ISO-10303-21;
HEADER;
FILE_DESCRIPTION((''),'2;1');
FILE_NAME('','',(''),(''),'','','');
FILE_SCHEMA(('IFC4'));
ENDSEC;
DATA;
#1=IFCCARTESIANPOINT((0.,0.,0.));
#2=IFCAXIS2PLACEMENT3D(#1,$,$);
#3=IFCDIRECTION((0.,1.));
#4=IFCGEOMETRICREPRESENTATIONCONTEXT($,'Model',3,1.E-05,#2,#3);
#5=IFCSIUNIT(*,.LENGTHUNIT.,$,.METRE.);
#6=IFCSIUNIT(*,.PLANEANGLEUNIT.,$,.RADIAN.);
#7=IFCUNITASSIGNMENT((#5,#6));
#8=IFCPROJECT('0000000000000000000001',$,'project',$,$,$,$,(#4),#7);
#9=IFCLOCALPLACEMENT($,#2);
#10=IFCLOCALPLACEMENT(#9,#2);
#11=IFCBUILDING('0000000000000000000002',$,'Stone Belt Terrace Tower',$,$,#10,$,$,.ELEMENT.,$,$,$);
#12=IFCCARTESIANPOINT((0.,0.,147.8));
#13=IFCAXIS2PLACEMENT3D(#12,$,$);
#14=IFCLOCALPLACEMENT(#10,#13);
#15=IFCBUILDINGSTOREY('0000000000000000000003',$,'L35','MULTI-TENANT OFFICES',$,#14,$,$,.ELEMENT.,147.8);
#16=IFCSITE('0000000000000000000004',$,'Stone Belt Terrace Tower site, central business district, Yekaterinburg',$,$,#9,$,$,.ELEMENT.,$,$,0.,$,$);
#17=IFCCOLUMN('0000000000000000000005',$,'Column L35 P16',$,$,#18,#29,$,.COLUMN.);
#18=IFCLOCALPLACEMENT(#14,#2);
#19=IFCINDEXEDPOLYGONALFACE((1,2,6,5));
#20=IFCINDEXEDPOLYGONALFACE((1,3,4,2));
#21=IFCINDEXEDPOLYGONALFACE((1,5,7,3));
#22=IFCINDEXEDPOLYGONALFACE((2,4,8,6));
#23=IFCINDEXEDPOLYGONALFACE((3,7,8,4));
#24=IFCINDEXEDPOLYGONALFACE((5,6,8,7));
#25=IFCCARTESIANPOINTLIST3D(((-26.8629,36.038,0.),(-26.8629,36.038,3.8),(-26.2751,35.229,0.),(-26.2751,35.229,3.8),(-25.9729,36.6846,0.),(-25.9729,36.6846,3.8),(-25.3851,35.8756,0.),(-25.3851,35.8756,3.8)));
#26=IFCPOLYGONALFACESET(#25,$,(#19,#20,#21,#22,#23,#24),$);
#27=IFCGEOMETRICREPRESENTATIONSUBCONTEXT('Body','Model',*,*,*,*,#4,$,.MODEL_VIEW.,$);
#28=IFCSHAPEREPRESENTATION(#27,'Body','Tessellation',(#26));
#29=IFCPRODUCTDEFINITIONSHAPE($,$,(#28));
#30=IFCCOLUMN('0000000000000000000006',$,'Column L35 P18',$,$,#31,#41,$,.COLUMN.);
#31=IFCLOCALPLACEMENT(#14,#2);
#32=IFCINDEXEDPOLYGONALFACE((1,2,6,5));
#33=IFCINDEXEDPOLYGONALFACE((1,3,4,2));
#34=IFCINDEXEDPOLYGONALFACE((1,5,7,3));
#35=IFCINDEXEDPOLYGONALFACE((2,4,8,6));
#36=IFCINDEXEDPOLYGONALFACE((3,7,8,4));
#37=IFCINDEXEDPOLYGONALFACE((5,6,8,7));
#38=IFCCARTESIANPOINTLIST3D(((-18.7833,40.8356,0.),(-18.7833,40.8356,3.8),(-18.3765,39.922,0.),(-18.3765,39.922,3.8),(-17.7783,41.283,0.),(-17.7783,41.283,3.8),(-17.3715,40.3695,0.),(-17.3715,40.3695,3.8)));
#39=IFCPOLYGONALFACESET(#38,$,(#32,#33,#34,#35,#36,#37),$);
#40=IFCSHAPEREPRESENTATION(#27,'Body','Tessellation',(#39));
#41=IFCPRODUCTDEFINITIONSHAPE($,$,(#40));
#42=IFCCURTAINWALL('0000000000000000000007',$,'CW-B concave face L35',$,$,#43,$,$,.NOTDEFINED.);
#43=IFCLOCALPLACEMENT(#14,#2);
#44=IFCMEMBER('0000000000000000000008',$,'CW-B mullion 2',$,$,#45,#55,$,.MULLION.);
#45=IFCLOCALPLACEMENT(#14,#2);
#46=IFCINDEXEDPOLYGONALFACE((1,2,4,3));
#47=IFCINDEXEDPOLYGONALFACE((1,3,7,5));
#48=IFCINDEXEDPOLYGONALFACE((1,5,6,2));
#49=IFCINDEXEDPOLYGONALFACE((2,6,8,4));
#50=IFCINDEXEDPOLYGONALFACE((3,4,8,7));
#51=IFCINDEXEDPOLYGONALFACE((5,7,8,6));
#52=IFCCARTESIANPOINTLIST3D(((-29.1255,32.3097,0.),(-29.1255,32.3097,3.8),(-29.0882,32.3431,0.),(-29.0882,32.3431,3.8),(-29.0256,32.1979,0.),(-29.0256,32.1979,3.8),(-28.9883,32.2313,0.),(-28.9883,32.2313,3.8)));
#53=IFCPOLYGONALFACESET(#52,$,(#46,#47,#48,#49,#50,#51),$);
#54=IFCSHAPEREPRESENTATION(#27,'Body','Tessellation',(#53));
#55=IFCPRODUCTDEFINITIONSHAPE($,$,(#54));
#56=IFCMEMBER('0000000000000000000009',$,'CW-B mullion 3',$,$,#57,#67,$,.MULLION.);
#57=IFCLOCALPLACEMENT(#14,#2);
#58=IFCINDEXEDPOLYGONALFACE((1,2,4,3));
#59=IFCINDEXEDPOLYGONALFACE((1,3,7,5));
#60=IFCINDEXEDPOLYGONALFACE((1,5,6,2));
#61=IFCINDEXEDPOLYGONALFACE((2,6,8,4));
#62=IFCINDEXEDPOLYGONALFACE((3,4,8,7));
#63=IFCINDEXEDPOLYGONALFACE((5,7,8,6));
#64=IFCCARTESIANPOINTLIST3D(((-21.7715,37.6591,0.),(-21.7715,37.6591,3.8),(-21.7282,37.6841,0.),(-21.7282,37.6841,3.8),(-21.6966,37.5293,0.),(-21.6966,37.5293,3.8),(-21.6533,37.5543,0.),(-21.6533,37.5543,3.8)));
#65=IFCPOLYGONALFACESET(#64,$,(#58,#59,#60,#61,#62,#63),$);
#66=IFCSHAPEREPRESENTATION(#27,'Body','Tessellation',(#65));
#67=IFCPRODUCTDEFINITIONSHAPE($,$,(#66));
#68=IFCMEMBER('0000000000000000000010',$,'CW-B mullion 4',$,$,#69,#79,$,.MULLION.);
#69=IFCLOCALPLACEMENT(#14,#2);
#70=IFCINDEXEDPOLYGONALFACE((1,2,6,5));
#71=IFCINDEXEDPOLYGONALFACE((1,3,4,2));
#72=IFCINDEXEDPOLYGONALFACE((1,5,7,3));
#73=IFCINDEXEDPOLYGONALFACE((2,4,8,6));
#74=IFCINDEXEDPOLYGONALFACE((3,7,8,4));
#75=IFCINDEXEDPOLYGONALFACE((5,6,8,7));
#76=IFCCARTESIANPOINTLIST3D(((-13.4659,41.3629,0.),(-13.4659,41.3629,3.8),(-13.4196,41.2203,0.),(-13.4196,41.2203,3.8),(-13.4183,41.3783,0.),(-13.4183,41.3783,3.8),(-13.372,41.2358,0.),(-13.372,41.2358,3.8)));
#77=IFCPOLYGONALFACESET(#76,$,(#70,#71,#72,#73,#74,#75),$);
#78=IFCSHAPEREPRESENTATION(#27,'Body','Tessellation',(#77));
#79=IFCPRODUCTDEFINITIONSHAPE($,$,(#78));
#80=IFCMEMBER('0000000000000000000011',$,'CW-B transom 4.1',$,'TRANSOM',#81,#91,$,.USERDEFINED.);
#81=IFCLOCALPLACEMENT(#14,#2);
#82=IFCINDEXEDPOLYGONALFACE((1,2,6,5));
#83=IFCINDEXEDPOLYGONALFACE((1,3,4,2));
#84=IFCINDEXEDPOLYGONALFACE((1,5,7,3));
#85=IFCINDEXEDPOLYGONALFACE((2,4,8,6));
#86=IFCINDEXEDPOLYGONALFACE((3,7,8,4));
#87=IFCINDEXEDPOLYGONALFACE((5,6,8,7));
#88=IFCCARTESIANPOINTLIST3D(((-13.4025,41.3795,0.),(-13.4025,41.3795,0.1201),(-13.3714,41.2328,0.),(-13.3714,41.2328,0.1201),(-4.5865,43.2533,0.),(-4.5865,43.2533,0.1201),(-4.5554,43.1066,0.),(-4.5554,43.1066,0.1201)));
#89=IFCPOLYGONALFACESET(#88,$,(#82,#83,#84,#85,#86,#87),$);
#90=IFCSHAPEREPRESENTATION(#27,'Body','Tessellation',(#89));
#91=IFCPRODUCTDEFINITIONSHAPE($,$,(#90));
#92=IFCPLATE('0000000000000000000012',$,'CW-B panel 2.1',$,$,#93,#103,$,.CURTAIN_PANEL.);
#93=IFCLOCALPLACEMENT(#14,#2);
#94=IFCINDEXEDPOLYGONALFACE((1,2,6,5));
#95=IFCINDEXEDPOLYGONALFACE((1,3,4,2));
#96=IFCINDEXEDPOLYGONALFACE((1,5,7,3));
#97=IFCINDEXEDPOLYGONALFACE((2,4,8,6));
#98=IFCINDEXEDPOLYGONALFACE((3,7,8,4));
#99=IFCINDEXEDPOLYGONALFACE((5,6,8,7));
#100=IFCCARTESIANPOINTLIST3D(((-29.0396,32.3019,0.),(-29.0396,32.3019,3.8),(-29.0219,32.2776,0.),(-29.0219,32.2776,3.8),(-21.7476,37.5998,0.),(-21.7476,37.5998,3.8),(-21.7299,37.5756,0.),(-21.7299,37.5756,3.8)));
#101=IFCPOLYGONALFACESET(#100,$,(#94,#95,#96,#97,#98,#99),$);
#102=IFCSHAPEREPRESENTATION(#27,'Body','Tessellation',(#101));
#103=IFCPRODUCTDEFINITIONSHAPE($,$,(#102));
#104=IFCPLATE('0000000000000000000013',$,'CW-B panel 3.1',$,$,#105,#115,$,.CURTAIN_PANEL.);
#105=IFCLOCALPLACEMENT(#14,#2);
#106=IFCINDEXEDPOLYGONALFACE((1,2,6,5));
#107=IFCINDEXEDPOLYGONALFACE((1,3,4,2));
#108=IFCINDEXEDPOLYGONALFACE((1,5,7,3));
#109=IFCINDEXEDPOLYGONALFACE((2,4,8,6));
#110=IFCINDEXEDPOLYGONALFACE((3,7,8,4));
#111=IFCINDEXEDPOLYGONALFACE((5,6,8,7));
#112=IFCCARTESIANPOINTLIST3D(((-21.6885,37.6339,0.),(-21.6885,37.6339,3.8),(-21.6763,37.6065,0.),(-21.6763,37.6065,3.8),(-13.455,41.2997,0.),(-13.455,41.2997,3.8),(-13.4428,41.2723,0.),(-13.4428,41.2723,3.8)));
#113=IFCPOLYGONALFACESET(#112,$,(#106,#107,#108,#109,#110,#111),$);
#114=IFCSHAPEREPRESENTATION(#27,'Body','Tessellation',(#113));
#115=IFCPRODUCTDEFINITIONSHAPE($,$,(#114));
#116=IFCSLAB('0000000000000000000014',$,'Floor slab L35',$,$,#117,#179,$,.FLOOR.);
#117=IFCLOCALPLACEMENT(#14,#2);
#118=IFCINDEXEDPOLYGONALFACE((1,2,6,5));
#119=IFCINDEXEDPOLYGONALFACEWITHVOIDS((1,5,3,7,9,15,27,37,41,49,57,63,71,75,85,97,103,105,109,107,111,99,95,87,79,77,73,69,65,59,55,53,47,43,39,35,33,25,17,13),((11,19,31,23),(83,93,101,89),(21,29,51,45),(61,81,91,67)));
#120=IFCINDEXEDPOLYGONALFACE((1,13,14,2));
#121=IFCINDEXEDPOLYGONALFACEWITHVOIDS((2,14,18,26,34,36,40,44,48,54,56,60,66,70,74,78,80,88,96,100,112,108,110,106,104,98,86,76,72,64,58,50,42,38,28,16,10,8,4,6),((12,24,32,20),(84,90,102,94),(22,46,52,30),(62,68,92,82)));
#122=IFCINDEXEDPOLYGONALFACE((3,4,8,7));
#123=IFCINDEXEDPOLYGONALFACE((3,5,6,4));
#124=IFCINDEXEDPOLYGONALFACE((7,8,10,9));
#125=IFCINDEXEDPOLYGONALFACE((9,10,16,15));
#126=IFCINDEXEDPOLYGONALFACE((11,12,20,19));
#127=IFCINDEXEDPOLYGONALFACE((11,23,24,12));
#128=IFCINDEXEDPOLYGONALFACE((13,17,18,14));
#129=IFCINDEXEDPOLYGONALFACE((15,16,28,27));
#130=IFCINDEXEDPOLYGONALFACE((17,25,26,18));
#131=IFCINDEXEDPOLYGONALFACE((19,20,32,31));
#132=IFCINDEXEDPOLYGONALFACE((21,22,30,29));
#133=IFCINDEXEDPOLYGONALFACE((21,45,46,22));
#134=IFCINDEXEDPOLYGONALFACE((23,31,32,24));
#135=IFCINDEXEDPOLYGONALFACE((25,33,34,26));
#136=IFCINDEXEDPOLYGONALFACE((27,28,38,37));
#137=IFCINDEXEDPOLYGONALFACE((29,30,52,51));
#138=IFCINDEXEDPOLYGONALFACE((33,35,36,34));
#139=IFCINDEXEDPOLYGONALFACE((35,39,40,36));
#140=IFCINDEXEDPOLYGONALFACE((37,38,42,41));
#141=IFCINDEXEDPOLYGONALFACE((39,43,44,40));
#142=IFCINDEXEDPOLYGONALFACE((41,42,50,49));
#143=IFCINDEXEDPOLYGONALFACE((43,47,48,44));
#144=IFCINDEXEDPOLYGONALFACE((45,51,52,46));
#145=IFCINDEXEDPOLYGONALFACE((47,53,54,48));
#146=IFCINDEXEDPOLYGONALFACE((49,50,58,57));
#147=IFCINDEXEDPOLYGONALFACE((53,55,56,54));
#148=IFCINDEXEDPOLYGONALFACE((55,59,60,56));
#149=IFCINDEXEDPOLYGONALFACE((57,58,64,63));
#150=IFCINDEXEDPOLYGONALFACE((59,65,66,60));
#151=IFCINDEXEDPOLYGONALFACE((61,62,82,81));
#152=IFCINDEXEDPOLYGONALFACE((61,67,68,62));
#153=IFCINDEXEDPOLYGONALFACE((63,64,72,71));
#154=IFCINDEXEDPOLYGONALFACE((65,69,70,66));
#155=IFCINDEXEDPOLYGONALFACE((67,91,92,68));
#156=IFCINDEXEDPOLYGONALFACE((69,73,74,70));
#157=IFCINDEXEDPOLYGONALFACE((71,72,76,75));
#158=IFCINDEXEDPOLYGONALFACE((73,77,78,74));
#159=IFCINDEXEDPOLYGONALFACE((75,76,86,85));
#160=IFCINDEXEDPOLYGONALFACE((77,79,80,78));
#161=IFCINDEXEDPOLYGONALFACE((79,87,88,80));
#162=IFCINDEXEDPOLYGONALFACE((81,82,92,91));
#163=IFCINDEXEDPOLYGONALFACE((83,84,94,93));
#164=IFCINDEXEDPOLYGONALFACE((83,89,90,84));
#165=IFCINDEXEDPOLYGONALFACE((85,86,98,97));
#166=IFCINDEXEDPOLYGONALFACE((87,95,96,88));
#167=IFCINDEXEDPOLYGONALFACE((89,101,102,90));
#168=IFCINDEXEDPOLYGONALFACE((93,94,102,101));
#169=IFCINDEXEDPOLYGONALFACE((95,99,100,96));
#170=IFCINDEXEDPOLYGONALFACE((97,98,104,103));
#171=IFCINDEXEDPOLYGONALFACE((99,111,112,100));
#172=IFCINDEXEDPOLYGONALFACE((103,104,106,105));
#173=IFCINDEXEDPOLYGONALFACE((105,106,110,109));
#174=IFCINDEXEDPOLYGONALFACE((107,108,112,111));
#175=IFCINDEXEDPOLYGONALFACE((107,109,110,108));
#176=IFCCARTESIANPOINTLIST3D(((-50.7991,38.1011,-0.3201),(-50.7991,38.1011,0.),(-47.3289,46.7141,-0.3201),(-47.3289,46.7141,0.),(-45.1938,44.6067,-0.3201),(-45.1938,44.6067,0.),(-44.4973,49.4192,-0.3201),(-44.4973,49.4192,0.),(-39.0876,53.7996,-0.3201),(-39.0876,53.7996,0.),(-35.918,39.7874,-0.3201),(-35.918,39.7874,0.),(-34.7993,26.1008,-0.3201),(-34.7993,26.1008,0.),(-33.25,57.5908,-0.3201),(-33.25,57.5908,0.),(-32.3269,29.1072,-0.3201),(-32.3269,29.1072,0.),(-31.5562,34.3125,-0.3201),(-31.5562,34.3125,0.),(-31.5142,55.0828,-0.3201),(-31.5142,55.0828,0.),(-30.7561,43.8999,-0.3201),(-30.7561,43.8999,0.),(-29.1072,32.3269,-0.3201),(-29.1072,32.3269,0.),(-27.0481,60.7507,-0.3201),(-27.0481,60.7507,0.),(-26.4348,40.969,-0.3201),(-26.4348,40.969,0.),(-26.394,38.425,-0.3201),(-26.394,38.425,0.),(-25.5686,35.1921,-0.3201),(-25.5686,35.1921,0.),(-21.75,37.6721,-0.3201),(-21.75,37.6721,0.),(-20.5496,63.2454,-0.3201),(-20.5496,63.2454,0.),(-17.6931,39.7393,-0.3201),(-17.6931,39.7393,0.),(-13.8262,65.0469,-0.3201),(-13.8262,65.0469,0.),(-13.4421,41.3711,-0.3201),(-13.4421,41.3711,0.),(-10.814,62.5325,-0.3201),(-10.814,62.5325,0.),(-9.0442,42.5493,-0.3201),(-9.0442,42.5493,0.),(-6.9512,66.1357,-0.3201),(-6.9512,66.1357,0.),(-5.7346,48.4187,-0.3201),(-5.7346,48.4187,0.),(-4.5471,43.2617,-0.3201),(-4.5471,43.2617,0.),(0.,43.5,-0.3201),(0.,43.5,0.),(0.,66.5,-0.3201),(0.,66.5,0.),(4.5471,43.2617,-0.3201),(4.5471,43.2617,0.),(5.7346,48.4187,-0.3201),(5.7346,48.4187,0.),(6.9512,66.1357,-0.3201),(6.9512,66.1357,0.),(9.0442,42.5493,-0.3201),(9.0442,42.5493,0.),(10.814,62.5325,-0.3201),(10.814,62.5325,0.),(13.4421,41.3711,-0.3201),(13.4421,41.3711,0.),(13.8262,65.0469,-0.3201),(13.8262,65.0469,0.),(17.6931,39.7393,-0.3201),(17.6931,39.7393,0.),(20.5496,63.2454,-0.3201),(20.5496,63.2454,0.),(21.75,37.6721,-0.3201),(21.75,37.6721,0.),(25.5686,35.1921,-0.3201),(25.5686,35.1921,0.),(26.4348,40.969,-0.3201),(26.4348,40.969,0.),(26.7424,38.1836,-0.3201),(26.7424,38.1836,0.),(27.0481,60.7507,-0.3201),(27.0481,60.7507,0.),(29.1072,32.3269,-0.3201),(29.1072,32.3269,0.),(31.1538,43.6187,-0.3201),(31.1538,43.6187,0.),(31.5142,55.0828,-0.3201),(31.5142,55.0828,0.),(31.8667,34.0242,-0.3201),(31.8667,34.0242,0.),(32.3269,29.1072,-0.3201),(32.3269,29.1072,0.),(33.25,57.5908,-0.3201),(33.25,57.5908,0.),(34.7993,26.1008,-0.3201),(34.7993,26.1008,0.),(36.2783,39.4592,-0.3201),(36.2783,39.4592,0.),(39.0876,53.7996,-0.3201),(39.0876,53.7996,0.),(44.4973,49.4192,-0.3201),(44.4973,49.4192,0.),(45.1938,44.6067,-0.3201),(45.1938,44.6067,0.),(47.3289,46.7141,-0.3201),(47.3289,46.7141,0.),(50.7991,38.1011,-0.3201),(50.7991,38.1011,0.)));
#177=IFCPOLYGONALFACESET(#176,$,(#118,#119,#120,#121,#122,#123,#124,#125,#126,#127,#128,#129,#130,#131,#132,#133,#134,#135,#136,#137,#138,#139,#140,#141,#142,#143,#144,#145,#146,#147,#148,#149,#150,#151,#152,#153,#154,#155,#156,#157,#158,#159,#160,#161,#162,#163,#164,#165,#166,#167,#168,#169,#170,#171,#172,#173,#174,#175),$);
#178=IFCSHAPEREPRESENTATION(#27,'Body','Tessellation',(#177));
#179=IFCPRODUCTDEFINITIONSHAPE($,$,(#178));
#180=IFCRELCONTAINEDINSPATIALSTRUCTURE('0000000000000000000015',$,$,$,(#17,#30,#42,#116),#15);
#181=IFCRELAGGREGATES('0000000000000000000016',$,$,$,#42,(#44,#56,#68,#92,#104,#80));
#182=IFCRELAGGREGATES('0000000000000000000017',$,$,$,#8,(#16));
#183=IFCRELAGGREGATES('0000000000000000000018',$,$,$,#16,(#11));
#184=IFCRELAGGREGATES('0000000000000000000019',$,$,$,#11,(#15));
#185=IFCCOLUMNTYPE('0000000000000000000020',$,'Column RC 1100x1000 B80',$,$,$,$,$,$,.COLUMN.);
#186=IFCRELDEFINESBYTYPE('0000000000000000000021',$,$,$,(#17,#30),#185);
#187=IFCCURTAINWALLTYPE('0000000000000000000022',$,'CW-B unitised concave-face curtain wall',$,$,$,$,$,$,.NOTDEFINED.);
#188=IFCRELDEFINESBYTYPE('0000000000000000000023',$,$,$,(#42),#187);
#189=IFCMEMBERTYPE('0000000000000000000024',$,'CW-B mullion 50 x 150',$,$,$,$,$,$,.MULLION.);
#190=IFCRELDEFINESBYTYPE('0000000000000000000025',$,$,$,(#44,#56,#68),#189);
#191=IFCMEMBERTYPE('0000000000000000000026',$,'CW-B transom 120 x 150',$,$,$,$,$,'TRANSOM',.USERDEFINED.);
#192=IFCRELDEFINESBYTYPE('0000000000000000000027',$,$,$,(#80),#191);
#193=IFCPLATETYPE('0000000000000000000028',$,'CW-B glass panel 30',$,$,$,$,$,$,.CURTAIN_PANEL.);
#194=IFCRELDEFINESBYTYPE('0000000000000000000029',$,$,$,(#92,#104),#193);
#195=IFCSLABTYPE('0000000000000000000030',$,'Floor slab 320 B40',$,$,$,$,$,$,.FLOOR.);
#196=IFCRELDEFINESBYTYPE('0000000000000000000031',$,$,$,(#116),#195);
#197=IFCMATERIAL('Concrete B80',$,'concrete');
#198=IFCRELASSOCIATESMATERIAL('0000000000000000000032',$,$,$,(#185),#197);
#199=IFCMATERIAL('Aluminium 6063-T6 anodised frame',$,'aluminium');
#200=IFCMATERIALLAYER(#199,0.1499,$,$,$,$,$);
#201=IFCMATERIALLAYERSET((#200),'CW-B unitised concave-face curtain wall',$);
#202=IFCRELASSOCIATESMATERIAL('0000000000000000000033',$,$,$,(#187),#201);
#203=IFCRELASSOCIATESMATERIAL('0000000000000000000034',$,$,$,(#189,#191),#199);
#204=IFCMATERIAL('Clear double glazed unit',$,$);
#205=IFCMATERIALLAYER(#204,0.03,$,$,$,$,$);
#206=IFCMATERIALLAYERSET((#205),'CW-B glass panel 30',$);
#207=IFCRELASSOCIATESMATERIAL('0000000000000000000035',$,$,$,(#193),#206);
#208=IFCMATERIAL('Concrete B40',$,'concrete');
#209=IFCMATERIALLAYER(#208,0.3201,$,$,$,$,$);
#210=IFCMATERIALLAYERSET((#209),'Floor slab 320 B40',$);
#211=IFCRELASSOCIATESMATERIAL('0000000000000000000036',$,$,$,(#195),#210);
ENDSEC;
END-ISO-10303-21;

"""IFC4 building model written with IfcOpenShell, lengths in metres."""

from ifc_helpers import new_model, si_unit, direction, frame, origin, origin_2d, place, context, subcontext, project, spatial, polyline, rectangle, outline, extrude, material, layer, layer_set, material_profile, profile_set, type_object, element, aggregate, save


model = new_model("IFC4")

# Units and contexts
model_context = context("Model", 3, precision=1e-05, world=origin(), true_north=direction((0.0, 1.0)))
body_context = subcontext(model_context, "Body", "Model", "MODEL_VIEW")
ifc_project = project(units=[si_unit("LENGTHUNIT", "METRE"), si_unit("PLANEANGLEUNIT", "RADIAN")], contexts=[model_context])

# Site, building, storey
site_placement = place(None, origin())
site = spatial("IfcSite", under=ifc_project, at=site_placement, Name="Stone Belt Terrace Tower site, central business district, Yekaterinburg", CompositionType="ELEMENT", RefElevation=0.0)
building_placement = place(site_placement, origin())
building = spatial("IfcBuilding", under=site, at=building_placement, Name="Stone Belt Terrace Tower", CompositionType="ELEMENT")
storey_placement = place(building_placement, frame((0.0, 0.0, 147.8)))
storey = spatial("IfcBuildingStorey", under=building, at=storey_placement, Name="L35", Description="MULTI-TENANT OFFICES", CompositionType="ELEMENT", Elevation=147.8)

# Columns
ifc_material_1 = material(Name="Concrete B80", Category="concrete")
ifc_material_profile_1 = material_profile(ifc_material_1, rectangle(XDim=1.1001, YDim=1.0, at=origin_2d()), Name="RC 1100x1000")
ifc_profile_set_1 = profile_set([ifc_material_profile_1], Name="Concrete B80")
column_type = type_object("IfcColumnType", Name="Column RC 1100x1000 B80", PredefinedType="COLUMN", material=ifc_profile_set_1)
for number, where, z_axis, x_axis, name in (
    (1, (-26.124, 35.9568, 0.0), (0.0, 0.0, 1.0), (0.809017, 0.587785, 0.0), "Column L35 P16"),
    (2, (-18.0774, 40.6025, 0.0), (0.0, 0.0, 1.0), (0.913545, 0.406737, 0.0), "Column L35 P18"),
):
    element("IfcColumn", number, at=place(storey_placement, frame(where, z_axis=z_axis, x_axis=x_axis)), inside=storey, type_object=column_type, Name=name, PredefinedType="COLUMN", context=body_context, shape_type="SweptSolid", body=[
        extrude(rectangle(XDim=1.1001, YDim=1.0, at=origin_2d()), origin(), (0.0, 0.0, 1.0), 3.8),
    ])

# Curtain wall, members, plates
ifc_material_2 = material(Name="Aluminium 6063-T6 anodised frame", Category="aluminium")
ifc_layer_1 = layer(ifc_material_2, 0.1499)
ifc_layer_set_1 = layer_set([ifc_layer_1], Name="CW-B unitised concave-face curtain wall")
curtain_wall_type = type_object("IfcCurtainWallType", Name="CW-B unitised concave-face curtain wall", PredefinedType="NOTDEFINED", material=ifc_layer_set_1)
curtain_wall_placement = place(storey_placement, origin())
curtain_wall = element("IfcCurtainWall", 3, at=curtain_wall_placement, inside=storey, type_object=curtain_wall_type, Name="CW-B concave face L35", PredefinedType="NOTDEFINED")
ifc_material_profile_2 = material_profile(ifc_material_2, rectangle(XDim=0.1499, YDim=0.05, at=origin_2d()), Name="Aluminium 6063-T6 50x150")
ifc_profile_set_2 = profile_set([ifc_material_profile_2], Name="Aluminium 6063-T6 anodised frame")
member_type_1 = type_object("IfcMemberType", Name="CW-B mullion 50 x 150", PredefinedType="MULLION", material=ifc_profile_set_2)
member_1_placement = place(storey_placement, frame((-29.0569, 32.2705, 0.0), z_axis=(0.0, 0.0, 1.0), x_axis=(-0.666301, 0.745683, 0.0)))
member_1 = element("IfcMember", 4, at=member_1_placement, type_object=member_type_1, Name="CW-B mullion 2", PredefinedType="MULLION", context=body_context, shape_type="SweptSolid", body=[
    extrude(rectangle(XDim=0.1499, YDim=0.05, at=origin_2d()), origin(), (0.0, 0.0, 1.0), 3.8),
])
member_2_placement = place(storey_placement, frame((-21.7124, 37.6067, 0.0), z_axis=(0.0, 0.0, 1.0), x_axis=(-0.5, 0.866025, 0.0)))
member_2 = element("IfcMember", 5, at=member_2_placement, type_object=member_type_1, Name="CW-B mullion 3", PredefinedType="MULLION", context=body_context, shape_type="SweptSolid", body=[
    extrude(rectangle(XDim=0.1499, YDim=0.05, at=origin_2d()), origin(), (0.0, 0.0, 1.0), 3.8),
])
member_3_placement = place(storey_placement, frame((-13.4189, 41.2993, 0.0), z_axis=(0.0, 0.0, 1.0), x_axis=(-0.309017, 0.951057, 0.0)))
member_3 = element("IfcMember", 6, at=member_3_placement, type_object=member_type_1, Name="CW-B mullion 4", PredefinedType="MULLION", context=body_context, shape_type="SweptSolid", body=[
    extrude(rectangle(XDim=0.1499, YDim=0.05, at=origin_2d()), origin(), (0.0, 0.0, 1.0), 3.8),
])
ifc_material_profile_3 = material_profile(ifc_material_2, rectangle(XDim=0.1499, YDim=0.1201, at=origin_2d()), Name="Aluminium 6063-T6 150x120")
ifc_profile_set_3 = profile_set([ifc_material_profile_3], Name="Aluminium 6063-T6 anodised frame")
member_type_2 = type_object("IfcMemberType", Name="CW-B transom 120 x 150", ElementType="TRANSOM", PredefinedType="USERDEFINED", material=ifc_profile_set_3)
member_4_placement = place(storey_placement, frame((-13.387, 41.3062, 0.0601), z_axis=(0.97815, 0.207901, 0.0), x_axis=(-0.207901, 0.97815, 0.0)))
member_4 = element("IfcMember", 7, at=member_4_placement, type_object=member_type_2, Name="CW-B transom 4.1", ObjectType="TRANSOM", PredefinedType="USERDEFINED", context=body_context, shape_type="SweptSolid", body=[
    extrude(rectangle(XDim=0.1499, YDim=0.1201, at=origin_2d()), origin(), (0.0, 0.0, 1.0), 9.0129),
])
ifc_material_3 = material(Name="Clear double glazed unit")
ifc_layer_2 = layer(ifc_material_3, 0.03)
ifc_layer_set_2 = layer_set([ifc_layer_2], Name="CW-B glass panel 30")
plate_type = type_object("IfcPlateType", Name="CW-B glass panel 30", PredefinedType="CURTAIN_PANEL", material=ifc_layer_set_2)
plate_1_placement = place(storey_placement, frame((-25.3848, 34.9387, 0.0), z_axis=(0.0, 0.0, 1.0), x_axis=(0.809017, 0.587785, 0.0)))
plate_1 = element("IfcPlate", 8, at=plate_1_placement, type_object=plate_type, Name="CW-B panel 2.1", PredefinedType="CURTAIN_PANEL", context=body_context, shape_type="SweptSolid", body=[
    extrude(rectangle(XDim=9.0134, YDim=0.03, at=origin_2d()), origin(), (0.0, 0.0, 1.0), 3.8),
])
plate_2_placement = place(storey_placement, frame((-17.5657, 39.4531, 0.0), z_axis=(0.0, 0.0, 1.0), x_axis=(0.913545, 0.406737, 0.0)))
plate_2 = element("IfcPlate", 9, at=plate_2_placement, type_object=plate_type, Name="CW-B panel 3.1", PredefinedType="CURTAIN_PANEL", context=body_context, shape_type="SweptSolid", body=[
    extrude(rectangle(XDim=9.0127, YDim=0.03, at=origin_2d()), origin(), (0.0, 0.0, 1.0), 3.8),
])
aggregate(curtain_wall, [member_1, member_2, member_3, plate_1, plate_2, member_4])

# Slab
ifc_material_4 = material(Name="Concrete B40", Category="concrete")
ifc_layer_3 = layer(ifc_material_4, 0.3201)
ifc_layer_set_3 = layer_set([ifc_layer_3], Name="Floor slab 320 B40")
slab_type = type_object("IfcSlabType", Name="Floor slab 320 B40", PredefinedType="FLOOR", material=ifc_layer_set_3)
slab_placement = place(storey_placement, frame((0.0, 0.0, -0.3201)))
element("IfcSlab", 10, at=slab_placement, inside=storey, type_object=slab_type, Name="Floor slab L35", PredefinedType="FLOOR", context=body_context, shape_type="SweptSolid", body=[
    extrude(outline(polyline([(-44.4973, 49.4192), (-39.0876, 53.7996), (-33.25, 57.5908), (-27.0481, 60.7507), (-20.5496, 63.2454), (-13.8262, 65.0469), (-6.9512, 66.1357), (0.0, 66.5), (6.9512, 66.1357), (13.8262, 65.0469), (20.5496, 63.2454), (27.0481, 60.7507), (33.25, 57.5908), (39.0876, 53.7996), (44.4973, 49.4192), (47.3289, 46.7141), (45.1938, 44.6067), (50.7991, 38.1011), (34.7993, 26.1008), (32.3269, 29.1072), (29.1072, 32.3269), (25.5686, 35.1921), (21.75, 37.6721), (17.6931, 39.7393), (13.4421, 41.3711), (9.0442, 42.5493), (4.5471, 43.2617), (0.0, 43.5), (-4.5471, 43.2617), (-9.0442, 42.5493), (-13.4421, 41.3711), (-17.6931, 39.7393), (-21.75, 37.6721), (-25.5686, 35.1921), (-29.1072, 32.3269), (-32.3269, 29.1072), (-34.7993, 26.1008), (-50.7991, 38.1011), (-45.1938, 44.6067), (-47.3289, 46.7141), (-44.4973, 49.4192)]), holes=[polyline([(-26.4348, 40.969), (-5.7346, 48.4187), (-10.814, 62.5325), (-31.5142, 55.0828), (-26.4348, 40.969)]), polyline([(10.814, 62.5325), (5.7346, 48.4187), (26.4348, 40.969), (31.5142, 55.0828), (10.814, 62.5325)]), polyline([(-35.918, 39.7874), (-31.5562, 34.3125), (-26.394, 38.425), (-30.7561, 43.8999), (-35.918, 39.7874)]), polyline([(36.2783, 39.4592), (31.1538, 43.6187), (26.7424, 38.1836), (31.8667, 34.0242), (36.2783, 39.4592)])]), origin(), (0.0, 0.0, 1.0), 0.3201),
])

save(model, "model.ifc")
